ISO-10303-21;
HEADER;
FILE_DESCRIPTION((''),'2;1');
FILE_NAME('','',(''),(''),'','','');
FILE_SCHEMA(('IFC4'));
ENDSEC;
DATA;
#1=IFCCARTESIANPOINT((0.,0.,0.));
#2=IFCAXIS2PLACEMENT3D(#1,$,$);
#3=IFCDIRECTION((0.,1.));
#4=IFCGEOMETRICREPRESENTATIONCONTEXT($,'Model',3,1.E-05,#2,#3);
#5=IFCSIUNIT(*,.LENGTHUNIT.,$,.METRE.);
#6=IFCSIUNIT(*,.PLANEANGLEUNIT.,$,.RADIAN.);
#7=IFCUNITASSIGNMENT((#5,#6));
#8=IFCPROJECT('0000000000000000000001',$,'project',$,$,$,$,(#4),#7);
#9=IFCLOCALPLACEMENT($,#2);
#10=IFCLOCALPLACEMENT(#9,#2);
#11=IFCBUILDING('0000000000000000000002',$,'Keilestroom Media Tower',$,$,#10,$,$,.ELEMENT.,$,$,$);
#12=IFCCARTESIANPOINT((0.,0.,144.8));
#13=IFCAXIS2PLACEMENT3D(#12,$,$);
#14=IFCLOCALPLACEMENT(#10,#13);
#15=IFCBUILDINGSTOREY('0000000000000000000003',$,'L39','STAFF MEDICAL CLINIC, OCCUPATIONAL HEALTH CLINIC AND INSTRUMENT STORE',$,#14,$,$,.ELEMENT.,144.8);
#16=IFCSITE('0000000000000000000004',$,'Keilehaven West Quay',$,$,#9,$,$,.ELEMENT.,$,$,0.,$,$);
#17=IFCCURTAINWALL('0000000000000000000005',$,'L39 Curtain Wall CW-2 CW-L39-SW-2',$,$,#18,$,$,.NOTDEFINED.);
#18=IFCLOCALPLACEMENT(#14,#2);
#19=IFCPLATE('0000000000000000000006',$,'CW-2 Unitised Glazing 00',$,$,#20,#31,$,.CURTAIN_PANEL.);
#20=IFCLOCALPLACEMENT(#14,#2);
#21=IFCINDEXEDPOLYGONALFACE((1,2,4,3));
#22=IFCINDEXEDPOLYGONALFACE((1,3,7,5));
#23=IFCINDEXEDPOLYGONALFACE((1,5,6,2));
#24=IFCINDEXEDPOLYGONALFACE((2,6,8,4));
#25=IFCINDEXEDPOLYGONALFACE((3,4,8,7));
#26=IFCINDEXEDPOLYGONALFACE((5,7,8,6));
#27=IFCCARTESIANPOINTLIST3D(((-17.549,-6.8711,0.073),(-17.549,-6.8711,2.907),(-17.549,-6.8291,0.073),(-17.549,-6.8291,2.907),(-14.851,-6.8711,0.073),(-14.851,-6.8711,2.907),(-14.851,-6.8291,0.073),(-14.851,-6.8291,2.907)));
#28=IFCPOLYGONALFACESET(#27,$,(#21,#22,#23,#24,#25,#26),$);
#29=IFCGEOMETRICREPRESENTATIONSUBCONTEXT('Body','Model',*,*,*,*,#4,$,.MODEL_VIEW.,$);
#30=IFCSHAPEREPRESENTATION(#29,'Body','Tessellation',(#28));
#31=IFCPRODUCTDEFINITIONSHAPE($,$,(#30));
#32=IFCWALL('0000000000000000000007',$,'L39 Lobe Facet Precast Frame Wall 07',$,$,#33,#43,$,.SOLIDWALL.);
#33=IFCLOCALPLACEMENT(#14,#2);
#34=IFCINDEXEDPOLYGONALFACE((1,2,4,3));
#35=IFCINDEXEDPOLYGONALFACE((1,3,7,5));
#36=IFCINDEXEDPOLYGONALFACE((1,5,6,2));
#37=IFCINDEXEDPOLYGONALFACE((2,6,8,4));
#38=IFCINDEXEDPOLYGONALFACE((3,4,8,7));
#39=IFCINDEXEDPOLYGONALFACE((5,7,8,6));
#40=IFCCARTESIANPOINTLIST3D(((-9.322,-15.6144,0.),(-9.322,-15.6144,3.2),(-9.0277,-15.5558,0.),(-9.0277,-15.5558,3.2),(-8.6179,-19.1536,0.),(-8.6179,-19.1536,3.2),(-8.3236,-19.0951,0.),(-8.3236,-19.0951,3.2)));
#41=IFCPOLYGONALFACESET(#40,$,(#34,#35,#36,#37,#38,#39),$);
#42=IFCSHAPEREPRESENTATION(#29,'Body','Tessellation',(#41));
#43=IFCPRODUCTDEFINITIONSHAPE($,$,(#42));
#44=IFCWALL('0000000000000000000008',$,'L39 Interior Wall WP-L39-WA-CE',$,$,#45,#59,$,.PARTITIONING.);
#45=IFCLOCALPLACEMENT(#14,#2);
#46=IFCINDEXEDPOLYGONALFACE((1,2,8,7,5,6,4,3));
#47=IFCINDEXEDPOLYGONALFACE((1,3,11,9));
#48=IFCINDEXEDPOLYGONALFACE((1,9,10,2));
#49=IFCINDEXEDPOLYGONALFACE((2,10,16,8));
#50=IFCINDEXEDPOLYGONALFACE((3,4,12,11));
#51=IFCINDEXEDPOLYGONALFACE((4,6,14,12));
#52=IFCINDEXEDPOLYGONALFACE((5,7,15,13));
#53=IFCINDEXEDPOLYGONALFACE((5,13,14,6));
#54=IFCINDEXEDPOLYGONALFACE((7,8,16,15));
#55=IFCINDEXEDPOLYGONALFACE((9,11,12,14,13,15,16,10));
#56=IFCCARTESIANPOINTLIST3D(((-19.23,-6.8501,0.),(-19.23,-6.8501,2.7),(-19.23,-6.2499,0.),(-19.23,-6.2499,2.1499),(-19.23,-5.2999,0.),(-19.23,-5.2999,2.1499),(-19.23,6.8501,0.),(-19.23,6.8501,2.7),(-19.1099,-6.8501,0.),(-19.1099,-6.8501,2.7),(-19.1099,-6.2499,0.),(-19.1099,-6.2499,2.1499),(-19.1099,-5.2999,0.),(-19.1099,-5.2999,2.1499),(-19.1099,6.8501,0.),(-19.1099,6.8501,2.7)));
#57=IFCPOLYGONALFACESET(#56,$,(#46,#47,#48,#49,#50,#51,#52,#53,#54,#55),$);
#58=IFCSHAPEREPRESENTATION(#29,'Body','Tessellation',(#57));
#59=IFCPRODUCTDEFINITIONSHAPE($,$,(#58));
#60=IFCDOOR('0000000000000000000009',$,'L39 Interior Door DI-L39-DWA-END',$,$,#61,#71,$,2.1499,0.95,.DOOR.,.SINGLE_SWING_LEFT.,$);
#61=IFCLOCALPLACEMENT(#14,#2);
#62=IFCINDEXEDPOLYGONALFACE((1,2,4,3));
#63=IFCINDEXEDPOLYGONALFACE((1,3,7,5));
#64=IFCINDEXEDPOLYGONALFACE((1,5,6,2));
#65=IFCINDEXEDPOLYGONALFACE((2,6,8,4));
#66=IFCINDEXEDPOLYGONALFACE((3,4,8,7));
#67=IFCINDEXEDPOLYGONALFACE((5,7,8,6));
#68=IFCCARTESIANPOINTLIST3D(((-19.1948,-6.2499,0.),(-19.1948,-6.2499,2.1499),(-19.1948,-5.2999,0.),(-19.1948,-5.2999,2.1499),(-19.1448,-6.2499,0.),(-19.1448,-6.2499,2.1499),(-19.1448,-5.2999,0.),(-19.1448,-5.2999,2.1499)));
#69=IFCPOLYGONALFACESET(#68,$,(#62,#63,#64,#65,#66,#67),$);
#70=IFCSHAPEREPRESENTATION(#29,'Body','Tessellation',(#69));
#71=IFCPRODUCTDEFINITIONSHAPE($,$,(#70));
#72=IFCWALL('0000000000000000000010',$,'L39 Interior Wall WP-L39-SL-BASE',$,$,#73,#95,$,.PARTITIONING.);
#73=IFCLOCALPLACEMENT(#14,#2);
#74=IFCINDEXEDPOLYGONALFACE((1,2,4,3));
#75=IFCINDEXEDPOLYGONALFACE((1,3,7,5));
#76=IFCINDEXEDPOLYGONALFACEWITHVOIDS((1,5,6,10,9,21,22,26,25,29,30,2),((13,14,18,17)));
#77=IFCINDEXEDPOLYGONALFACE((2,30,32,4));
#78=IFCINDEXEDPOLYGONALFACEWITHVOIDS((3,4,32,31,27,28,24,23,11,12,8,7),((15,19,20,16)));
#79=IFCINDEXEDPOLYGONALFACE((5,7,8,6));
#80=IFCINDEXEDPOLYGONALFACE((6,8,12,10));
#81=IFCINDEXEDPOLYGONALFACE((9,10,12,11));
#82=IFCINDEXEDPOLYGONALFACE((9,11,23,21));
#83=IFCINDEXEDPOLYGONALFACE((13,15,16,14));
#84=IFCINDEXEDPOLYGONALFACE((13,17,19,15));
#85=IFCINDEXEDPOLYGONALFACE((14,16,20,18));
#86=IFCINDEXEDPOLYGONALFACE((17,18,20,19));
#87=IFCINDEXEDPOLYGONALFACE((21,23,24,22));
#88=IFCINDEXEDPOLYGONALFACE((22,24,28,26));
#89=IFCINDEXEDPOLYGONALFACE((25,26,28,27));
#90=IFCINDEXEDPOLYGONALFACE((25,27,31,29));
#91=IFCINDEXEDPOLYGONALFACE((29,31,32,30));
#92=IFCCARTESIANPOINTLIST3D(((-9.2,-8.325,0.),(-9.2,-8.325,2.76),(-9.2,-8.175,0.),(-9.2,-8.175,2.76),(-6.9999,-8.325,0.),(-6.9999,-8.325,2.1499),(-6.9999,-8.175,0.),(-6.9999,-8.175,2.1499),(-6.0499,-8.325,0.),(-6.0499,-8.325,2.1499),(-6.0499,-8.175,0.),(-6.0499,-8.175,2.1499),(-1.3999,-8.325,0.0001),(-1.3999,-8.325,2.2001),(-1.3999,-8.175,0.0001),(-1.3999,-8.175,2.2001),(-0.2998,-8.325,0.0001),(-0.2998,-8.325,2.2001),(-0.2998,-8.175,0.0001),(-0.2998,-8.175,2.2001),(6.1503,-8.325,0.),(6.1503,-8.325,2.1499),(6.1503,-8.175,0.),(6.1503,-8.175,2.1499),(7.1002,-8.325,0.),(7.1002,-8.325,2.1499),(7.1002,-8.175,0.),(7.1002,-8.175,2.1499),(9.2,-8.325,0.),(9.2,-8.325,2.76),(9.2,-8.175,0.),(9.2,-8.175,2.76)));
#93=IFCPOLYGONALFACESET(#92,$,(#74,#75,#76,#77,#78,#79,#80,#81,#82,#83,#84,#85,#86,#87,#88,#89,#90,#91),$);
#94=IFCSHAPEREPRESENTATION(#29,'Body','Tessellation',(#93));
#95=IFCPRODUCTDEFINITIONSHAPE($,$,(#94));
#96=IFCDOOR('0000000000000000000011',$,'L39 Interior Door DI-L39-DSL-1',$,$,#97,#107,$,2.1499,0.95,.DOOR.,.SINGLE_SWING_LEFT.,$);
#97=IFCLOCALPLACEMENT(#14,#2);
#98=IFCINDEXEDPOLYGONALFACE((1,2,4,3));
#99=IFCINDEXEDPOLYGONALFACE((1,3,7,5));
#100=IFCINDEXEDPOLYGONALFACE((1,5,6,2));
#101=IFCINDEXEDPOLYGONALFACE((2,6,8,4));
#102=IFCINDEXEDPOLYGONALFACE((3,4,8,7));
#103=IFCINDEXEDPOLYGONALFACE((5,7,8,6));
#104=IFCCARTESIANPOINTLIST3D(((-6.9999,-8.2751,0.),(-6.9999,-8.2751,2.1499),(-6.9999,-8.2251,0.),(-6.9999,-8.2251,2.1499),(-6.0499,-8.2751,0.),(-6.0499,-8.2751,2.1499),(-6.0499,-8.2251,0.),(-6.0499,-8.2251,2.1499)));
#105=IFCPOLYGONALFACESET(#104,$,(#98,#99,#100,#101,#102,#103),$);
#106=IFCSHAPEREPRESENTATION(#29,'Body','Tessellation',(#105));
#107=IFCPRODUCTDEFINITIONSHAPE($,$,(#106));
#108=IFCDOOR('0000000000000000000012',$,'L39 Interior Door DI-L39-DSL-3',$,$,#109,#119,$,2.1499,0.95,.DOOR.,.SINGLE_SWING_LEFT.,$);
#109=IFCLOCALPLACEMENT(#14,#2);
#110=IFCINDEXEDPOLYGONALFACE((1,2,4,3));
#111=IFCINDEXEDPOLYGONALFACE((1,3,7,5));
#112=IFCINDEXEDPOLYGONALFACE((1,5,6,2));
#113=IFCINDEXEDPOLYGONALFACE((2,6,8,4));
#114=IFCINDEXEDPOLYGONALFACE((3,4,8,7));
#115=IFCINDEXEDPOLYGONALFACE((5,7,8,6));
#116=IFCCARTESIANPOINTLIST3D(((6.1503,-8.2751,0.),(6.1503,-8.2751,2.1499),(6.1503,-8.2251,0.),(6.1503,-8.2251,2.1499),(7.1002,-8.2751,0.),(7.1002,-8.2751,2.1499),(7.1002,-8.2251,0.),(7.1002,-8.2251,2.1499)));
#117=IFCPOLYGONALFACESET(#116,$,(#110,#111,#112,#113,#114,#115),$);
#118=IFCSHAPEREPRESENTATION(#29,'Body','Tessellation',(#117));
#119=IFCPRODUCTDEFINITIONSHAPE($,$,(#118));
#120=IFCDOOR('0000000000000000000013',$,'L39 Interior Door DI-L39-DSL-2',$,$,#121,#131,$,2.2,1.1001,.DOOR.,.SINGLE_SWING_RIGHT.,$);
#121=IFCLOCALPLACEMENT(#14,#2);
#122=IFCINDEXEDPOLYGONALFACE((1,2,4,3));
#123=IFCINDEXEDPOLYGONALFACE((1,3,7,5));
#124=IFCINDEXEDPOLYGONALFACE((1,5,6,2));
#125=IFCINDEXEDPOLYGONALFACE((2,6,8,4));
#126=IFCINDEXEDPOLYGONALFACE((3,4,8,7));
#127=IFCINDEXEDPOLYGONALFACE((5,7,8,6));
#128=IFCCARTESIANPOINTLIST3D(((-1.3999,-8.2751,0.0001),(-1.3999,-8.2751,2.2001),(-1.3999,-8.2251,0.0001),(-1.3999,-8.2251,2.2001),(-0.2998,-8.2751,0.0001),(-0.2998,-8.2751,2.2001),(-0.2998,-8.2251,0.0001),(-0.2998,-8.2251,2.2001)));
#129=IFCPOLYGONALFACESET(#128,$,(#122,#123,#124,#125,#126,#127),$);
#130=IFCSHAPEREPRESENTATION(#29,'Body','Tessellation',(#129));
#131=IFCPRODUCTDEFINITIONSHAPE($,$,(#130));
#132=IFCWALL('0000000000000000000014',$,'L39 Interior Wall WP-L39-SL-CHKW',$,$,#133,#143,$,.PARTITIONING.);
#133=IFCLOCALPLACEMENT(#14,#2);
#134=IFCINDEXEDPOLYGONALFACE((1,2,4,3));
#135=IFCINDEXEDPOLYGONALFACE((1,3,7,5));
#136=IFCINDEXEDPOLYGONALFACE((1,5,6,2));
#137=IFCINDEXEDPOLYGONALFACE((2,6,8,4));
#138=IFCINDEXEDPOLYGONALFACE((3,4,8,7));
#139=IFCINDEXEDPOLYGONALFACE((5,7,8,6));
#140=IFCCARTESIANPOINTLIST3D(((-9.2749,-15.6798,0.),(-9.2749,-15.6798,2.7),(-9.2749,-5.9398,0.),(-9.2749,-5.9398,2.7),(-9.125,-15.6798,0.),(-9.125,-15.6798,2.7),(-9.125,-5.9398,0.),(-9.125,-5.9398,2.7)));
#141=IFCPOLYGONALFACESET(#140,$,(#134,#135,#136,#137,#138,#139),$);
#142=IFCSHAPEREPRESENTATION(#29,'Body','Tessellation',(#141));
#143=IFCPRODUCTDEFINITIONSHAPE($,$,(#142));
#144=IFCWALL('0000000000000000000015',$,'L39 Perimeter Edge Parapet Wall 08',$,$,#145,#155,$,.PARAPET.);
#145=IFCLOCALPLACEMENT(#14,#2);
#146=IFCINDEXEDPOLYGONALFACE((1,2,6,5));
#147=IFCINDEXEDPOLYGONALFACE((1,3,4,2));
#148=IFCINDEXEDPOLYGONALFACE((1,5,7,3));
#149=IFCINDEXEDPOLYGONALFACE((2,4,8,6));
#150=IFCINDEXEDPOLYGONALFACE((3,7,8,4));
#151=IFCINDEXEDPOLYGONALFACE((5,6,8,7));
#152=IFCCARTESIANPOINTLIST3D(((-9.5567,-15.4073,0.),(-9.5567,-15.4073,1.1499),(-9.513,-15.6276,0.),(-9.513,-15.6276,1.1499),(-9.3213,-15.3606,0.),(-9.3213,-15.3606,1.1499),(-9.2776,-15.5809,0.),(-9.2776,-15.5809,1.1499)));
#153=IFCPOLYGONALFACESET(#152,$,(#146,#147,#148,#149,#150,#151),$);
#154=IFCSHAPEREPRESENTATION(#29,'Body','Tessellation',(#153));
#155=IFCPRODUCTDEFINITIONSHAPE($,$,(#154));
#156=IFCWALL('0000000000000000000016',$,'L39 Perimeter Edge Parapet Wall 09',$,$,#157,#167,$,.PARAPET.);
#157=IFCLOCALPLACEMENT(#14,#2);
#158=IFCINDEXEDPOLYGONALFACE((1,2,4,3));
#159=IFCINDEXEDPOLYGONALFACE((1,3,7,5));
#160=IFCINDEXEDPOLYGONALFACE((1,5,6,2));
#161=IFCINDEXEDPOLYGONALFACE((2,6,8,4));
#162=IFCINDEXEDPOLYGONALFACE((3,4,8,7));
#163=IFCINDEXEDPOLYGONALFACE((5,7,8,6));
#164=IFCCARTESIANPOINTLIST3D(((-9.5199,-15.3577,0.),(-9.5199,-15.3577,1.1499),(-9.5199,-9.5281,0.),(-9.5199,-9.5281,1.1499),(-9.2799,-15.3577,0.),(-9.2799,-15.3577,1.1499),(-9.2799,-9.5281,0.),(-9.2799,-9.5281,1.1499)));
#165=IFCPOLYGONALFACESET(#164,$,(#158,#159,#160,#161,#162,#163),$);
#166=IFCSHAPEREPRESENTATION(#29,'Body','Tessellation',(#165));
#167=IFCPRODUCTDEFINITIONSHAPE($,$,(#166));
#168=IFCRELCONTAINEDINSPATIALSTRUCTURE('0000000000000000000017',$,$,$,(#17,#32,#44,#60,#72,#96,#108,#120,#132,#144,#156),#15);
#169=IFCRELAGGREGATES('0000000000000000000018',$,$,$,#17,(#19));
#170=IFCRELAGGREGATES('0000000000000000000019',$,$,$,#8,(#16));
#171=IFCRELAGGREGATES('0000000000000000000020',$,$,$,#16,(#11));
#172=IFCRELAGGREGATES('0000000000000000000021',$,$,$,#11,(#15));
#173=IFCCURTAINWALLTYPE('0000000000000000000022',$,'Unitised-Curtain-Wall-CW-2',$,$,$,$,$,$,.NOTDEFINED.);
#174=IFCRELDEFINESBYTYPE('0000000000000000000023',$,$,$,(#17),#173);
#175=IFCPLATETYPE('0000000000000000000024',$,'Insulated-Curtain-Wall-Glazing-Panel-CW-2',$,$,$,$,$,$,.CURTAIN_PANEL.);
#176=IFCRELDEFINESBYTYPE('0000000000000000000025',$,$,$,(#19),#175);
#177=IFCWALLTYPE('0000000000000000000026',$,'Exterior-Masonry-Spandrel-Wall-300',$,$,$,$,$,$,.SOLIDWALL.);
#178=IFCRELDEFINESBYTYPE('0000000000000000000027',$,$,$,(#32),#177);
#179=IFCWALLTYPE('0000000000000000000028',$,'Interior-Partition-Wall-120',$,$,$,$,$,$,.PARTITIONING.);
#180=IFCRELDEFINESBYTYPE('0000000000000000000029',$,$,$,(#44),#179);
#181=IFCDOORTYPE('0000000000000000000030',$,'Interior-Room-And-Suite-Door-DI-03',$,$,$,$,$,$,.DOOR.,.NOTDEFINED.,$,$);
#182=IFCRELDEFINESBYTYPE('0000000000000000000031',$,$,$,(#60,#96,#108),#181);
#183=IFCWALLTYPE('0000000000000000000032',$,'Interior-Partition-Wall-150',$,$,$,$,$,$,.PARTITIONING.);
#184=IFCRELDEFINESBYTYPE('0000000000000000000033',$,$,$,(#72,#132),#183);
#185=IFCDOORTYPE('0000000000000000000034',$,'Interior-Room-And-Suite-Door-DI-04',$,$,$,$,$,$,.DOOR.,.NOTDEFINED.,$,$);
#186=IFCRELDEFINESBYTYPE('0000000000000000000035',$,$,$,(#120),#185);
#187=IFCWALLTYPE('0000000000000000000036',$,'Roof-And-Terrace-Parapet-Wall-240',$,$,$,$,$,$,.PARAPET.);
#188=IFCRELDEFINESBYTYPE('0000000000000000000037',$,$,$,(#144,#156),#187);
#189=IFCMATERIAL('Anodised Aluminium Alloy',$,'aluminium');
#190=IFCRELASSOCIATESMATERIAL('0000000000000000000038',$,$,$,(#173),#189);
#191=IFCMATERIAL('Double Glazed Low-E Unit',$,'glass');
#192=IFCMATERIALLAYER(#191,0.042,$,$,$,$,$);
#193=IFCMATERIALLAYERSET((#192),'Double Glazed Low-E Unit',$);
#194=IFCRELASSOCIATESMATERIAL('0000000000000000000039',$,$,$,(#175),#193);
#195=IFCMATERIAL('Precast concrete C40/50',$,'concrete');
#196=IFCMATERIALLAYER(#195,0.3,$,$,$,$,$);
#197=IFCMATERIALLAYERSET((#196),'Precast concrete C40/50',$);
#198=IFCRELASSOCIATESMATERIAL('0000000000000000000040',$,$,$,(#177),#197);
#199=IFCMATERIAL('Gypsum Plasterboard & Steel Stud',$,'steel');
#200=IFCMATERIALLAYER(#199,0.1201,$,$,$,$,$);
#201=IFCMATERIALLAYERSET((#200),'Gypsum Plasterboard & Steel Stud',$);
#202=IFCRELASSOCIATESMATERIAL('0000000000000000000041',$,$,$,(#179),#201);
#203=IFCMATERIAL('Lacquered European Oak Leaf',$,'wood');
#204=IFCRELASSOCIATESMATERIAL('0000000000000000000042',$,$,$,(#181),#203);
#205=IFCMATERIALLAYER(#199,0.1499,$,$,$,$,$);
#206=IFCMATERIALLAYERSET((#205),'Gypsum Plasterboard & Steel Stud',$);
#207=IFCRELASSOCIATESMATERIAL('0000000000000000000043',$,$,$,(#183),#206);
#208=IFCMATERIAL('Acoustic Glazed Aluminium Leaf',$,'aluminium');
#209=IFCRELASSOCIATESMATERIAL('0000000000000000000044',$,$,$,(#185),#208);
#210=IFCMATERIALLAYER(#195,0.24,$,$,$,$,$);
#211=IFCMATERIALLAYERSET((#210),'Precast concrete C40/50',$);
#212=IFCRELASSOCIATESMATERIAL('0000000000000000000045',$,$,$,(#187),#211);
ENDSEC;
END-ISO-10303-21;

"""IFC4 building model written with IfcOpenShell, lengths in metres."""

from ifc_helpers import new_model, si_unit, direction, frame, frame_2d, origin, origin_2d, place, context, subcontext, project, spatial, rectangle, extrude, source, transform, mapped, material, layer, layer_set, type_object, element, fill, aggregate, save


model = new_model("IFC4")

# Units and contexts
model_context = context("Model", 3, precision=1e-05, world=origin(), true_north=direction((0.0, 1.0)))
body_context = subcontext(model_context, "Body", "Model", "MODEL_VIEW")
ifc_project = project(units=[si_unit("LENGTHUNIT", "METRE"), si_unit("PLANEANGLEUNIT", "RADIAN")], contexts=[model_context])

# Site, building, storey
site_placement = place(None, origin())
site = spatial("IfcSite", under=ifc_project, at=site_placement, Name="Keilehaven West Quay", CompositionType="ELEMENT", RefElevation=0.0)
building_placement = place(site_placement, origin())
building = spatial("IfcBuilding", under=site, at=building_placement, Name="Keilestroom Media Tower", CompositionType="ELEMENT")
storey_placement = place(building_placement, frame((0.0, 0.0, 144.8)))
storey = spatial("IfcBuildingStorey", under=building, at=storey_placement, Name="L39", Description="STAFF MEDICAL CLINIC, OCCUPATIONAL HEALTH CLINIC AND INSTRUMENT STORE", CompositionType="ELEMENT", Elevation=144.8)

# Shared definitions
ifc_material_1 = material(Name="Precast concrete C40/50", Category="concrete")

# Curtain wall
ifc_material_2 = material(Name="Anodised Aluminium Alloy", Category="aluminium")
curtain_wall_type = type_object("IfcCurtainWallType", Name="Unitised-Curtain-Wall-CW-2", PredefinedType="NOTDEFINED", material=ifc_material_2)
curtain_wall_1_placement = place(storey_placement, origin())
curtain_wall_1 = element("IfcCurtainWall", 1, at=curtain_wall_1_placement, inside=storey, type_object=curtain_wall_type, Name="L39 Curtain Wall CW-2 CW-L39-SW-2", PredefinedType="NOTDEFINED")

# Plate
ifc_material_3 = material(Name="Double Glazed Low-E Unit", Category="glass")
ifc_layer_1 = layer(ifc_material_3, 0.042)
ifc_layer_set_1 = layer_set([ifc_layer_1], Name="Double Glazed Low-E Unit")
plate_type = type_object("IfcPlateType", Name="Insulated-Curtain-Wall-Glazing-Panel-CW-2", PredefinedType="CURTAIN_PANEL", material=ifc_layer_set_1)
shared_shape_1 = source(origin(), body_context, "Body", "SweptSolid", [
    extrude(rectangle(XDim=2.698, YDim=0.042, at=origin_2d()), origin(), (0.0, 0.0, 1.0), 2.834),
])
plate_1_placement = place(storey_placement, frame((-16.2, -6.8501, 0.073), z_axis=(0.0, 0.0, 1.0), x_axis=(1.0, 0.0, 0.0)))
plate_1 = element("IfcPlate", 2, at=plate_1_placement, type_object=plate_type, Name="CW-2 Unitised Glazing 00", PredefinedType="CURTAIN_PANEL", context=body_context, shape_type="MappedRepresentation", body=[
    mapped(shared_shape_1, transform((0.0, 0.0, 0.0), x_axis=(1.0, 0.0, 0.0), y_axis=(0.0, 1.0, 0.0), z_axis=(0.0, 0.0, 1.0), scale=1.0)),
])
aggregate(curtain_wall_1, [plate_1])

# Wall
ifc_layer_2 = layer(ifc_material_1, 0.3)
ifc_layer_set_2 = layer_set([ifc_layer_2], Name="Precast concrete C40/50")
wall_type_1 = type_object("IfcWallType", Name="Exterior-Masonry-Spandrel-Wall-300", PredefinedType="SOLIDWALL", material=ifc_layer_set_2)
wall_1_placement = place(storey_placement, frame((-9.1748, -15.5852, 0.0), z_axis=(0.0, 0.0, 1.0), x_axis=(0.195114, -0.980781, 0.0)))
element("IfcWall", 3, at=wall_1_placement, inside=storey, type_object=wall_type_1, Name="L39 Lobe Facet Precast Frame Wall 07", PredefinedType="SOLIDWALL", context=body_context, shape_type="SweptSolid", body=[
    extrude(rectangle(XDim=3.6086, YDim=0.3, at=frame_2d((1.8042, 0.0))), origin(), (0.0, 0.0, 1.0), 3.2),
])

# Wall, opening, door
ifc_material_4 = material(Name="Gypsum Plasterboard & Steel Stud", Category="steel")
ifc_layer_3 = layer(ifc_material_4, 0.1201)
ifc_layer_set_3 = layer_set([ifc_layer_3], Name="Gypsum Plasterboard & Steel Stud")
wall_type_2 = type_object("IfcWallType", Name="Interior-Partition-Wall-120", PredefinedType="PARTITIONING", material=ifc_layer_set_3)
wall_2_placement = place(storey_placement, frame((-19.1699, -6.8501, 0.0), z_axis=(0.0, 0.0, 1.0), x_axis=(0.0, 1.0, 0.0)))
wall_2 = element("IfcWall", 4, at=wall_2_placement, inside=storey, type_object=wall_type_2, Name="L39 Interior Wall WP-L39-WA-CE", PredefinedType="PARTITIONING", context=body_context, shape_type="SweptSolid", body=[
    extrude(rectangle(XDim=13.7002, YDim=0.1201, at=frame_2d((6.8501, 0.0))), origin(), (0.0, 0.0, 1.0), 2.7),
])
opening_1_placement = place(wall_2_placement, frame((0.6001, 0.0, 0.0)))
opening_1 = element("IfcOpeningElement", 5, at=opening_1_placement, cuts=wall_2, PredefinedType="OPENING", context=body_context, shape_type="SweptSolid", body=[
    extrude(rectangle(XDim=0.95, YDim=2.1499, at=frame_2d((0.4751, 1.075))), frame((0.0, 0.0701, 0.0), z_axis=(0.0, -1.0, 0.0), x_axis=(1.0, 0.0, 0.0)), (0.0, 0.0, 1.0), 0.1401),
])
ifc_material_5 = material(Name="Lacquered European Oak Leaf", Category="wood")
door_type_1 = type_object("IfcDoorType", Name="Interior-Room-And-Suite-Door-DI-03", OperationType="NOTDEFINED", PredefinedType="DOOR", material=ifc_material_5)
shared_shape_2 = source(origin(), body_context, "Body", "SweptSolid", [
    extrude(rectangle(XDim=0.95, YDim=2.1499, at=frame_2d((0.4751, 1.075))), frame((0.0, 0.0249, 0.0), z_axis=(0.0, -1.0, 0.0), x_axis=(1.0, 0.0, 0.0)), (0.0, 0.0, 1.0), 0.05),
])
door_1_placement = place(opening_1_placement, origin())
door_1 = element("IfcDoor", 6, at=door_1_placement, inside=storey, type_object=door_type_1, Name="L39 Interior Door DI-L39-DWA-END", OperationType="SINGLE_SWING_LEFT", OverallHeight=2.1499, OverallWidth=0.95, PredefinedType="DOOR", context=body_context, shape_type="MappedRepresentation", body=[
    mapped(shared_shape_2, transform((0.0, 0.0, 0.0), x_axis=(1.0, 0.0, 0.0), y_axis=(0.0, 1.0, 0.0), z_axis=(0.0, 0.0, 1.0), scale=1.0)),
])
fill(opening_1, door_1)

# Wall, openings, doors
ifc_layer_4 = layer(ifc_material_4, 0.1499)
ifc_layer_set_4 = layer_set([ifc_layer_4], Name="Gypsum Plasterboard & Steel Stud")
wall_type_3 = type_object("IfcWallType", Name="Interior-Partition-Wall-150", PredefinedType="PARTITIONING", material=ifc_layer_set_4)
wall_3_placement = place(storey_placement, frame((-9.2, -8.25, 0.0), z_axis=(0.0, 0.0, 1.0), x_axis=(1.0, 0.0, 0.0)))
wall_3 = element("IfcWall", 7, at=wall_3_placement, inside=storey, type_object=wall_type_3, Name="L39 Interior Wall WP-L39-SL-BASE", PredefinedType="PARTITIONING", context=body_context, shape_type="SweptSolid", body=[
    extrude(rectangle(XDim=18.3999, YDim=0.1499, at=frame_2d((9.2, 0.0))), origin(), (0.0, 0.0, 1.0), 2.76),
])
opening_2_placement = place(wall_3_placement, frame((2.2, 0.0, 0.0)))
opening_2 = element("IfcOpeningElement", 8, at=opening_2_placement, cuts=wall_3, PredefinedType="OPENING", context=body_context, shape_type="SweptSolid", body=[
    extrude(rectangle(XDim=0.95, YDim=2.1499, at=frame_2d((0.4751, 1.075))), frame((0.0, 0.085, 0.0), z_axis=(0.0, -1.0, 0.0), x_axis=(1.0, 0.0, 0.0)), (0.0, 0.0, 1.0), 0.1699),
])
opening_3_placement = place(wall_3_placement, frame((7.8, 0.0, 0.0)))
opening_3 = element("IfcOpeningElement", 9, at=opening_3_placement, cuts=wall_3, PredefinedType="OPENING", context=body_context, shape_type="SweptSolid", body=[
    extrude(rectangle(XDim=1.1001, YDim=2.2, at=frame_2d((0.55, 1.1001))), frame((0.0, 0.085, 0.0), z_axis=(0.0, -1.0, 0.0), x_axis=(1.0, 0.0, 0.0)), (0.0, 0.0, 1.0), 0.1699),
])
opening_4_placement = place(wall_3_placement, frame((15.3501, 0.0, 0.0)))
opening_4 = element("IfcOpeningElement", 10, at=opening_4_placement, cuts=wall_3, PredefinedType="OPENING", context=body_context, shape_type="SweptSolid", body=[
    extrude(rectangle(XDim=0.95, YDim=2.1499, at=frame_2d((0.4751, 1.075))), frame((0.0, 0.085, 0.0), z_axis=(0.0, -1.0, 0.0), x_axis=(1.0, 0.0, 0.0)), (0.0, 0.0, 1.0), 0.1699),
])
door_2_placement = place(opening_2_placement, origin())
door_2 = element("IfcDoor", 11, at=door_2_placement, inside=storey, type_object=door_type_1, Name="L39 Interior Door DI-L39-DSL-1", OperationType="SINGLE_SWING_LEFT", OverallHeight=2.1499, OverallWidth=0.95, PredefinedType="DOOR", context=body_context, shape_type="MappedRepresentation", body=[
    mapped(shared_shape_2, transform((0.0, 0.0, 0.0), x_axis=(1.0, 0.0, 0.0), y_axis=(0.0, 1.0, 0.0), z_axis=(0.0, 0.0, 1.0), scale=1.0)),
])
fill(opening_2, door_2)
door_3_placement = place(opening_4_placement, origin())
door_3 = element("IfcDoor", 12, at=door_3_placement, inside=storey, type_object=door_type_1, Name="L39 Interior Door DI-L39-DSL-3", OperationType="SINGLE_SWING_LEFT", OverallHeight=2.1499, OverallWidth=0.95, PredefinedType="DOOR", context=body_context, shape_type="MappedRepresentation", body=[
    mapped(shared_shape_2, transform((0.0, 0.0, 0.0), x_axis=(1.0, 0.0, 0.0), y_axis=(0.0, 1.0, 0.0), z_axis=(0.0, 0.0, 1.0), scale=1.0)),
])
fill(opening_4, door_3)
ifc_material_6 = material(Name="Acoustic Glazed Aluminium Leaf", Category="aluminium")
door_type_2 = type_object("IfcDoorType", Name="Interior-Room-And-Suite-Door-DI-04", OperationType="NOTDEFINED", PredefinedType="DOOR", material=ifc_material_6)
shared_shape_3 = source(origin(), body_context, "Body", "SweptSolid", [
    extrude(rectangle(XDim=1.1001, YDim=2.2, at=frame_2d((0.55, 1.1001))), frame((0.0, 0.0249, 0.0), z_axis=(0.0, -1.0, 0.0), x_axis=(1.0, 0.0, 0.0)), (0.0, 0.0, 1.0), 0.05),
])
door_4_placement = place(opening_3_placement, origin())
door_4 = element("IfcDoor", 13, at=door_4_placement, inside=storey, type_object=door_type_2, Name="L39 Interior Door DI-L39-DSL-2", OperationType="SINGLE_SWING_RIGHT", OverallHeight=2.2, OverallWidth=1.1001, PredefinedType="DOOR", context=body_context, shape_type="MappedRepresentation", body=[
    mapped(shared_shape_3, transform((0.0, 0.0, 0.0), x_axis=(1.0, 0.0, 0.0), y_axis=(0.0, 1.0, 0.0), z_axis=(0.0, 0.0, 1.0), scale=1.0)),
])
fill(opening_3, door_4)

# Walls
wall_4_placement = place(storey_placement, frame((-9.2, -15.6799, 0.0), z_axis=(0.0, 0.0, 1.0), x_axis=(0.0, 1.0, 0.0)))
element("IfcWall", 14, at=wall_4_placement, inside=storey, type_object=wall_type_3, Name="L39 Interior Wall WP-L39-SL-CHKW", PredefinedType="PARTITIONING", context=body_context, shape_type="SweptSolid", body=[
    extrude(rectangle(XDim=9.74, YDim=0.1499, at=frame_2d((4.8701, 0.0))), origin(), (0.0, 0.0, 1.0), 2.7),
])
ifc_layer_5 = layer(ifc_material_1, 0.24)
ifc_layer_set_5 = layer_set([ifc_layer_5], Name="Precast concrete C40/50")
wall_type_4 = type_object("IfcWallType", Name="Roof-And-Terrace-Parapet-Wall-240", PredefinedType="PARAPET", material=ifc_layer_set_5)
wall_5_placement = place(storey_placement, frame((-9.3953, -15.6042, 0.0), z_axis=(0.0, 0.0, 1.0), x_axis=(-0.194652, 0.980872, 0.0)))
element("IfcWall", 15, at=wall_5_placement, inside=storey, type_object=wall_type_4, Name="L39 Perimeter Edge Parapet Wall 08", PredefinedType="PARAPET", context=body_context, shape_type="SweptSolid", body=[
    extrude(rectangle(XDim=0.2246, YDim=0.24, at=frame_2d((0.1123, 0.0))), origin(), (0.0, 0.0, 1.0), 1.1499),
])
wall_6_placement = place(storey_placement, frame((-9.3999, -15.3577, 0.0), z_axis=(0.0, 0.0, 1.0), x_axis=(0.0, 1.0, 0.0)))
element("IfcWall", 16, at=wall_6_placement, inside=storey, type_object=wall_type_4, Name="L39 Perimeter Edge Parapet Wall 09", PredefinedType="PARAPET", context=body_context, shape_type="SweptSolid", body=[
    extrude(rectangle(XDim=5.8296, YDim=0.24, at=frame_2d((2.9148, 0.0))), origin(), (0.0, 0.0, 1.0), 1.1499),
])

save(model, "model.ifc")
